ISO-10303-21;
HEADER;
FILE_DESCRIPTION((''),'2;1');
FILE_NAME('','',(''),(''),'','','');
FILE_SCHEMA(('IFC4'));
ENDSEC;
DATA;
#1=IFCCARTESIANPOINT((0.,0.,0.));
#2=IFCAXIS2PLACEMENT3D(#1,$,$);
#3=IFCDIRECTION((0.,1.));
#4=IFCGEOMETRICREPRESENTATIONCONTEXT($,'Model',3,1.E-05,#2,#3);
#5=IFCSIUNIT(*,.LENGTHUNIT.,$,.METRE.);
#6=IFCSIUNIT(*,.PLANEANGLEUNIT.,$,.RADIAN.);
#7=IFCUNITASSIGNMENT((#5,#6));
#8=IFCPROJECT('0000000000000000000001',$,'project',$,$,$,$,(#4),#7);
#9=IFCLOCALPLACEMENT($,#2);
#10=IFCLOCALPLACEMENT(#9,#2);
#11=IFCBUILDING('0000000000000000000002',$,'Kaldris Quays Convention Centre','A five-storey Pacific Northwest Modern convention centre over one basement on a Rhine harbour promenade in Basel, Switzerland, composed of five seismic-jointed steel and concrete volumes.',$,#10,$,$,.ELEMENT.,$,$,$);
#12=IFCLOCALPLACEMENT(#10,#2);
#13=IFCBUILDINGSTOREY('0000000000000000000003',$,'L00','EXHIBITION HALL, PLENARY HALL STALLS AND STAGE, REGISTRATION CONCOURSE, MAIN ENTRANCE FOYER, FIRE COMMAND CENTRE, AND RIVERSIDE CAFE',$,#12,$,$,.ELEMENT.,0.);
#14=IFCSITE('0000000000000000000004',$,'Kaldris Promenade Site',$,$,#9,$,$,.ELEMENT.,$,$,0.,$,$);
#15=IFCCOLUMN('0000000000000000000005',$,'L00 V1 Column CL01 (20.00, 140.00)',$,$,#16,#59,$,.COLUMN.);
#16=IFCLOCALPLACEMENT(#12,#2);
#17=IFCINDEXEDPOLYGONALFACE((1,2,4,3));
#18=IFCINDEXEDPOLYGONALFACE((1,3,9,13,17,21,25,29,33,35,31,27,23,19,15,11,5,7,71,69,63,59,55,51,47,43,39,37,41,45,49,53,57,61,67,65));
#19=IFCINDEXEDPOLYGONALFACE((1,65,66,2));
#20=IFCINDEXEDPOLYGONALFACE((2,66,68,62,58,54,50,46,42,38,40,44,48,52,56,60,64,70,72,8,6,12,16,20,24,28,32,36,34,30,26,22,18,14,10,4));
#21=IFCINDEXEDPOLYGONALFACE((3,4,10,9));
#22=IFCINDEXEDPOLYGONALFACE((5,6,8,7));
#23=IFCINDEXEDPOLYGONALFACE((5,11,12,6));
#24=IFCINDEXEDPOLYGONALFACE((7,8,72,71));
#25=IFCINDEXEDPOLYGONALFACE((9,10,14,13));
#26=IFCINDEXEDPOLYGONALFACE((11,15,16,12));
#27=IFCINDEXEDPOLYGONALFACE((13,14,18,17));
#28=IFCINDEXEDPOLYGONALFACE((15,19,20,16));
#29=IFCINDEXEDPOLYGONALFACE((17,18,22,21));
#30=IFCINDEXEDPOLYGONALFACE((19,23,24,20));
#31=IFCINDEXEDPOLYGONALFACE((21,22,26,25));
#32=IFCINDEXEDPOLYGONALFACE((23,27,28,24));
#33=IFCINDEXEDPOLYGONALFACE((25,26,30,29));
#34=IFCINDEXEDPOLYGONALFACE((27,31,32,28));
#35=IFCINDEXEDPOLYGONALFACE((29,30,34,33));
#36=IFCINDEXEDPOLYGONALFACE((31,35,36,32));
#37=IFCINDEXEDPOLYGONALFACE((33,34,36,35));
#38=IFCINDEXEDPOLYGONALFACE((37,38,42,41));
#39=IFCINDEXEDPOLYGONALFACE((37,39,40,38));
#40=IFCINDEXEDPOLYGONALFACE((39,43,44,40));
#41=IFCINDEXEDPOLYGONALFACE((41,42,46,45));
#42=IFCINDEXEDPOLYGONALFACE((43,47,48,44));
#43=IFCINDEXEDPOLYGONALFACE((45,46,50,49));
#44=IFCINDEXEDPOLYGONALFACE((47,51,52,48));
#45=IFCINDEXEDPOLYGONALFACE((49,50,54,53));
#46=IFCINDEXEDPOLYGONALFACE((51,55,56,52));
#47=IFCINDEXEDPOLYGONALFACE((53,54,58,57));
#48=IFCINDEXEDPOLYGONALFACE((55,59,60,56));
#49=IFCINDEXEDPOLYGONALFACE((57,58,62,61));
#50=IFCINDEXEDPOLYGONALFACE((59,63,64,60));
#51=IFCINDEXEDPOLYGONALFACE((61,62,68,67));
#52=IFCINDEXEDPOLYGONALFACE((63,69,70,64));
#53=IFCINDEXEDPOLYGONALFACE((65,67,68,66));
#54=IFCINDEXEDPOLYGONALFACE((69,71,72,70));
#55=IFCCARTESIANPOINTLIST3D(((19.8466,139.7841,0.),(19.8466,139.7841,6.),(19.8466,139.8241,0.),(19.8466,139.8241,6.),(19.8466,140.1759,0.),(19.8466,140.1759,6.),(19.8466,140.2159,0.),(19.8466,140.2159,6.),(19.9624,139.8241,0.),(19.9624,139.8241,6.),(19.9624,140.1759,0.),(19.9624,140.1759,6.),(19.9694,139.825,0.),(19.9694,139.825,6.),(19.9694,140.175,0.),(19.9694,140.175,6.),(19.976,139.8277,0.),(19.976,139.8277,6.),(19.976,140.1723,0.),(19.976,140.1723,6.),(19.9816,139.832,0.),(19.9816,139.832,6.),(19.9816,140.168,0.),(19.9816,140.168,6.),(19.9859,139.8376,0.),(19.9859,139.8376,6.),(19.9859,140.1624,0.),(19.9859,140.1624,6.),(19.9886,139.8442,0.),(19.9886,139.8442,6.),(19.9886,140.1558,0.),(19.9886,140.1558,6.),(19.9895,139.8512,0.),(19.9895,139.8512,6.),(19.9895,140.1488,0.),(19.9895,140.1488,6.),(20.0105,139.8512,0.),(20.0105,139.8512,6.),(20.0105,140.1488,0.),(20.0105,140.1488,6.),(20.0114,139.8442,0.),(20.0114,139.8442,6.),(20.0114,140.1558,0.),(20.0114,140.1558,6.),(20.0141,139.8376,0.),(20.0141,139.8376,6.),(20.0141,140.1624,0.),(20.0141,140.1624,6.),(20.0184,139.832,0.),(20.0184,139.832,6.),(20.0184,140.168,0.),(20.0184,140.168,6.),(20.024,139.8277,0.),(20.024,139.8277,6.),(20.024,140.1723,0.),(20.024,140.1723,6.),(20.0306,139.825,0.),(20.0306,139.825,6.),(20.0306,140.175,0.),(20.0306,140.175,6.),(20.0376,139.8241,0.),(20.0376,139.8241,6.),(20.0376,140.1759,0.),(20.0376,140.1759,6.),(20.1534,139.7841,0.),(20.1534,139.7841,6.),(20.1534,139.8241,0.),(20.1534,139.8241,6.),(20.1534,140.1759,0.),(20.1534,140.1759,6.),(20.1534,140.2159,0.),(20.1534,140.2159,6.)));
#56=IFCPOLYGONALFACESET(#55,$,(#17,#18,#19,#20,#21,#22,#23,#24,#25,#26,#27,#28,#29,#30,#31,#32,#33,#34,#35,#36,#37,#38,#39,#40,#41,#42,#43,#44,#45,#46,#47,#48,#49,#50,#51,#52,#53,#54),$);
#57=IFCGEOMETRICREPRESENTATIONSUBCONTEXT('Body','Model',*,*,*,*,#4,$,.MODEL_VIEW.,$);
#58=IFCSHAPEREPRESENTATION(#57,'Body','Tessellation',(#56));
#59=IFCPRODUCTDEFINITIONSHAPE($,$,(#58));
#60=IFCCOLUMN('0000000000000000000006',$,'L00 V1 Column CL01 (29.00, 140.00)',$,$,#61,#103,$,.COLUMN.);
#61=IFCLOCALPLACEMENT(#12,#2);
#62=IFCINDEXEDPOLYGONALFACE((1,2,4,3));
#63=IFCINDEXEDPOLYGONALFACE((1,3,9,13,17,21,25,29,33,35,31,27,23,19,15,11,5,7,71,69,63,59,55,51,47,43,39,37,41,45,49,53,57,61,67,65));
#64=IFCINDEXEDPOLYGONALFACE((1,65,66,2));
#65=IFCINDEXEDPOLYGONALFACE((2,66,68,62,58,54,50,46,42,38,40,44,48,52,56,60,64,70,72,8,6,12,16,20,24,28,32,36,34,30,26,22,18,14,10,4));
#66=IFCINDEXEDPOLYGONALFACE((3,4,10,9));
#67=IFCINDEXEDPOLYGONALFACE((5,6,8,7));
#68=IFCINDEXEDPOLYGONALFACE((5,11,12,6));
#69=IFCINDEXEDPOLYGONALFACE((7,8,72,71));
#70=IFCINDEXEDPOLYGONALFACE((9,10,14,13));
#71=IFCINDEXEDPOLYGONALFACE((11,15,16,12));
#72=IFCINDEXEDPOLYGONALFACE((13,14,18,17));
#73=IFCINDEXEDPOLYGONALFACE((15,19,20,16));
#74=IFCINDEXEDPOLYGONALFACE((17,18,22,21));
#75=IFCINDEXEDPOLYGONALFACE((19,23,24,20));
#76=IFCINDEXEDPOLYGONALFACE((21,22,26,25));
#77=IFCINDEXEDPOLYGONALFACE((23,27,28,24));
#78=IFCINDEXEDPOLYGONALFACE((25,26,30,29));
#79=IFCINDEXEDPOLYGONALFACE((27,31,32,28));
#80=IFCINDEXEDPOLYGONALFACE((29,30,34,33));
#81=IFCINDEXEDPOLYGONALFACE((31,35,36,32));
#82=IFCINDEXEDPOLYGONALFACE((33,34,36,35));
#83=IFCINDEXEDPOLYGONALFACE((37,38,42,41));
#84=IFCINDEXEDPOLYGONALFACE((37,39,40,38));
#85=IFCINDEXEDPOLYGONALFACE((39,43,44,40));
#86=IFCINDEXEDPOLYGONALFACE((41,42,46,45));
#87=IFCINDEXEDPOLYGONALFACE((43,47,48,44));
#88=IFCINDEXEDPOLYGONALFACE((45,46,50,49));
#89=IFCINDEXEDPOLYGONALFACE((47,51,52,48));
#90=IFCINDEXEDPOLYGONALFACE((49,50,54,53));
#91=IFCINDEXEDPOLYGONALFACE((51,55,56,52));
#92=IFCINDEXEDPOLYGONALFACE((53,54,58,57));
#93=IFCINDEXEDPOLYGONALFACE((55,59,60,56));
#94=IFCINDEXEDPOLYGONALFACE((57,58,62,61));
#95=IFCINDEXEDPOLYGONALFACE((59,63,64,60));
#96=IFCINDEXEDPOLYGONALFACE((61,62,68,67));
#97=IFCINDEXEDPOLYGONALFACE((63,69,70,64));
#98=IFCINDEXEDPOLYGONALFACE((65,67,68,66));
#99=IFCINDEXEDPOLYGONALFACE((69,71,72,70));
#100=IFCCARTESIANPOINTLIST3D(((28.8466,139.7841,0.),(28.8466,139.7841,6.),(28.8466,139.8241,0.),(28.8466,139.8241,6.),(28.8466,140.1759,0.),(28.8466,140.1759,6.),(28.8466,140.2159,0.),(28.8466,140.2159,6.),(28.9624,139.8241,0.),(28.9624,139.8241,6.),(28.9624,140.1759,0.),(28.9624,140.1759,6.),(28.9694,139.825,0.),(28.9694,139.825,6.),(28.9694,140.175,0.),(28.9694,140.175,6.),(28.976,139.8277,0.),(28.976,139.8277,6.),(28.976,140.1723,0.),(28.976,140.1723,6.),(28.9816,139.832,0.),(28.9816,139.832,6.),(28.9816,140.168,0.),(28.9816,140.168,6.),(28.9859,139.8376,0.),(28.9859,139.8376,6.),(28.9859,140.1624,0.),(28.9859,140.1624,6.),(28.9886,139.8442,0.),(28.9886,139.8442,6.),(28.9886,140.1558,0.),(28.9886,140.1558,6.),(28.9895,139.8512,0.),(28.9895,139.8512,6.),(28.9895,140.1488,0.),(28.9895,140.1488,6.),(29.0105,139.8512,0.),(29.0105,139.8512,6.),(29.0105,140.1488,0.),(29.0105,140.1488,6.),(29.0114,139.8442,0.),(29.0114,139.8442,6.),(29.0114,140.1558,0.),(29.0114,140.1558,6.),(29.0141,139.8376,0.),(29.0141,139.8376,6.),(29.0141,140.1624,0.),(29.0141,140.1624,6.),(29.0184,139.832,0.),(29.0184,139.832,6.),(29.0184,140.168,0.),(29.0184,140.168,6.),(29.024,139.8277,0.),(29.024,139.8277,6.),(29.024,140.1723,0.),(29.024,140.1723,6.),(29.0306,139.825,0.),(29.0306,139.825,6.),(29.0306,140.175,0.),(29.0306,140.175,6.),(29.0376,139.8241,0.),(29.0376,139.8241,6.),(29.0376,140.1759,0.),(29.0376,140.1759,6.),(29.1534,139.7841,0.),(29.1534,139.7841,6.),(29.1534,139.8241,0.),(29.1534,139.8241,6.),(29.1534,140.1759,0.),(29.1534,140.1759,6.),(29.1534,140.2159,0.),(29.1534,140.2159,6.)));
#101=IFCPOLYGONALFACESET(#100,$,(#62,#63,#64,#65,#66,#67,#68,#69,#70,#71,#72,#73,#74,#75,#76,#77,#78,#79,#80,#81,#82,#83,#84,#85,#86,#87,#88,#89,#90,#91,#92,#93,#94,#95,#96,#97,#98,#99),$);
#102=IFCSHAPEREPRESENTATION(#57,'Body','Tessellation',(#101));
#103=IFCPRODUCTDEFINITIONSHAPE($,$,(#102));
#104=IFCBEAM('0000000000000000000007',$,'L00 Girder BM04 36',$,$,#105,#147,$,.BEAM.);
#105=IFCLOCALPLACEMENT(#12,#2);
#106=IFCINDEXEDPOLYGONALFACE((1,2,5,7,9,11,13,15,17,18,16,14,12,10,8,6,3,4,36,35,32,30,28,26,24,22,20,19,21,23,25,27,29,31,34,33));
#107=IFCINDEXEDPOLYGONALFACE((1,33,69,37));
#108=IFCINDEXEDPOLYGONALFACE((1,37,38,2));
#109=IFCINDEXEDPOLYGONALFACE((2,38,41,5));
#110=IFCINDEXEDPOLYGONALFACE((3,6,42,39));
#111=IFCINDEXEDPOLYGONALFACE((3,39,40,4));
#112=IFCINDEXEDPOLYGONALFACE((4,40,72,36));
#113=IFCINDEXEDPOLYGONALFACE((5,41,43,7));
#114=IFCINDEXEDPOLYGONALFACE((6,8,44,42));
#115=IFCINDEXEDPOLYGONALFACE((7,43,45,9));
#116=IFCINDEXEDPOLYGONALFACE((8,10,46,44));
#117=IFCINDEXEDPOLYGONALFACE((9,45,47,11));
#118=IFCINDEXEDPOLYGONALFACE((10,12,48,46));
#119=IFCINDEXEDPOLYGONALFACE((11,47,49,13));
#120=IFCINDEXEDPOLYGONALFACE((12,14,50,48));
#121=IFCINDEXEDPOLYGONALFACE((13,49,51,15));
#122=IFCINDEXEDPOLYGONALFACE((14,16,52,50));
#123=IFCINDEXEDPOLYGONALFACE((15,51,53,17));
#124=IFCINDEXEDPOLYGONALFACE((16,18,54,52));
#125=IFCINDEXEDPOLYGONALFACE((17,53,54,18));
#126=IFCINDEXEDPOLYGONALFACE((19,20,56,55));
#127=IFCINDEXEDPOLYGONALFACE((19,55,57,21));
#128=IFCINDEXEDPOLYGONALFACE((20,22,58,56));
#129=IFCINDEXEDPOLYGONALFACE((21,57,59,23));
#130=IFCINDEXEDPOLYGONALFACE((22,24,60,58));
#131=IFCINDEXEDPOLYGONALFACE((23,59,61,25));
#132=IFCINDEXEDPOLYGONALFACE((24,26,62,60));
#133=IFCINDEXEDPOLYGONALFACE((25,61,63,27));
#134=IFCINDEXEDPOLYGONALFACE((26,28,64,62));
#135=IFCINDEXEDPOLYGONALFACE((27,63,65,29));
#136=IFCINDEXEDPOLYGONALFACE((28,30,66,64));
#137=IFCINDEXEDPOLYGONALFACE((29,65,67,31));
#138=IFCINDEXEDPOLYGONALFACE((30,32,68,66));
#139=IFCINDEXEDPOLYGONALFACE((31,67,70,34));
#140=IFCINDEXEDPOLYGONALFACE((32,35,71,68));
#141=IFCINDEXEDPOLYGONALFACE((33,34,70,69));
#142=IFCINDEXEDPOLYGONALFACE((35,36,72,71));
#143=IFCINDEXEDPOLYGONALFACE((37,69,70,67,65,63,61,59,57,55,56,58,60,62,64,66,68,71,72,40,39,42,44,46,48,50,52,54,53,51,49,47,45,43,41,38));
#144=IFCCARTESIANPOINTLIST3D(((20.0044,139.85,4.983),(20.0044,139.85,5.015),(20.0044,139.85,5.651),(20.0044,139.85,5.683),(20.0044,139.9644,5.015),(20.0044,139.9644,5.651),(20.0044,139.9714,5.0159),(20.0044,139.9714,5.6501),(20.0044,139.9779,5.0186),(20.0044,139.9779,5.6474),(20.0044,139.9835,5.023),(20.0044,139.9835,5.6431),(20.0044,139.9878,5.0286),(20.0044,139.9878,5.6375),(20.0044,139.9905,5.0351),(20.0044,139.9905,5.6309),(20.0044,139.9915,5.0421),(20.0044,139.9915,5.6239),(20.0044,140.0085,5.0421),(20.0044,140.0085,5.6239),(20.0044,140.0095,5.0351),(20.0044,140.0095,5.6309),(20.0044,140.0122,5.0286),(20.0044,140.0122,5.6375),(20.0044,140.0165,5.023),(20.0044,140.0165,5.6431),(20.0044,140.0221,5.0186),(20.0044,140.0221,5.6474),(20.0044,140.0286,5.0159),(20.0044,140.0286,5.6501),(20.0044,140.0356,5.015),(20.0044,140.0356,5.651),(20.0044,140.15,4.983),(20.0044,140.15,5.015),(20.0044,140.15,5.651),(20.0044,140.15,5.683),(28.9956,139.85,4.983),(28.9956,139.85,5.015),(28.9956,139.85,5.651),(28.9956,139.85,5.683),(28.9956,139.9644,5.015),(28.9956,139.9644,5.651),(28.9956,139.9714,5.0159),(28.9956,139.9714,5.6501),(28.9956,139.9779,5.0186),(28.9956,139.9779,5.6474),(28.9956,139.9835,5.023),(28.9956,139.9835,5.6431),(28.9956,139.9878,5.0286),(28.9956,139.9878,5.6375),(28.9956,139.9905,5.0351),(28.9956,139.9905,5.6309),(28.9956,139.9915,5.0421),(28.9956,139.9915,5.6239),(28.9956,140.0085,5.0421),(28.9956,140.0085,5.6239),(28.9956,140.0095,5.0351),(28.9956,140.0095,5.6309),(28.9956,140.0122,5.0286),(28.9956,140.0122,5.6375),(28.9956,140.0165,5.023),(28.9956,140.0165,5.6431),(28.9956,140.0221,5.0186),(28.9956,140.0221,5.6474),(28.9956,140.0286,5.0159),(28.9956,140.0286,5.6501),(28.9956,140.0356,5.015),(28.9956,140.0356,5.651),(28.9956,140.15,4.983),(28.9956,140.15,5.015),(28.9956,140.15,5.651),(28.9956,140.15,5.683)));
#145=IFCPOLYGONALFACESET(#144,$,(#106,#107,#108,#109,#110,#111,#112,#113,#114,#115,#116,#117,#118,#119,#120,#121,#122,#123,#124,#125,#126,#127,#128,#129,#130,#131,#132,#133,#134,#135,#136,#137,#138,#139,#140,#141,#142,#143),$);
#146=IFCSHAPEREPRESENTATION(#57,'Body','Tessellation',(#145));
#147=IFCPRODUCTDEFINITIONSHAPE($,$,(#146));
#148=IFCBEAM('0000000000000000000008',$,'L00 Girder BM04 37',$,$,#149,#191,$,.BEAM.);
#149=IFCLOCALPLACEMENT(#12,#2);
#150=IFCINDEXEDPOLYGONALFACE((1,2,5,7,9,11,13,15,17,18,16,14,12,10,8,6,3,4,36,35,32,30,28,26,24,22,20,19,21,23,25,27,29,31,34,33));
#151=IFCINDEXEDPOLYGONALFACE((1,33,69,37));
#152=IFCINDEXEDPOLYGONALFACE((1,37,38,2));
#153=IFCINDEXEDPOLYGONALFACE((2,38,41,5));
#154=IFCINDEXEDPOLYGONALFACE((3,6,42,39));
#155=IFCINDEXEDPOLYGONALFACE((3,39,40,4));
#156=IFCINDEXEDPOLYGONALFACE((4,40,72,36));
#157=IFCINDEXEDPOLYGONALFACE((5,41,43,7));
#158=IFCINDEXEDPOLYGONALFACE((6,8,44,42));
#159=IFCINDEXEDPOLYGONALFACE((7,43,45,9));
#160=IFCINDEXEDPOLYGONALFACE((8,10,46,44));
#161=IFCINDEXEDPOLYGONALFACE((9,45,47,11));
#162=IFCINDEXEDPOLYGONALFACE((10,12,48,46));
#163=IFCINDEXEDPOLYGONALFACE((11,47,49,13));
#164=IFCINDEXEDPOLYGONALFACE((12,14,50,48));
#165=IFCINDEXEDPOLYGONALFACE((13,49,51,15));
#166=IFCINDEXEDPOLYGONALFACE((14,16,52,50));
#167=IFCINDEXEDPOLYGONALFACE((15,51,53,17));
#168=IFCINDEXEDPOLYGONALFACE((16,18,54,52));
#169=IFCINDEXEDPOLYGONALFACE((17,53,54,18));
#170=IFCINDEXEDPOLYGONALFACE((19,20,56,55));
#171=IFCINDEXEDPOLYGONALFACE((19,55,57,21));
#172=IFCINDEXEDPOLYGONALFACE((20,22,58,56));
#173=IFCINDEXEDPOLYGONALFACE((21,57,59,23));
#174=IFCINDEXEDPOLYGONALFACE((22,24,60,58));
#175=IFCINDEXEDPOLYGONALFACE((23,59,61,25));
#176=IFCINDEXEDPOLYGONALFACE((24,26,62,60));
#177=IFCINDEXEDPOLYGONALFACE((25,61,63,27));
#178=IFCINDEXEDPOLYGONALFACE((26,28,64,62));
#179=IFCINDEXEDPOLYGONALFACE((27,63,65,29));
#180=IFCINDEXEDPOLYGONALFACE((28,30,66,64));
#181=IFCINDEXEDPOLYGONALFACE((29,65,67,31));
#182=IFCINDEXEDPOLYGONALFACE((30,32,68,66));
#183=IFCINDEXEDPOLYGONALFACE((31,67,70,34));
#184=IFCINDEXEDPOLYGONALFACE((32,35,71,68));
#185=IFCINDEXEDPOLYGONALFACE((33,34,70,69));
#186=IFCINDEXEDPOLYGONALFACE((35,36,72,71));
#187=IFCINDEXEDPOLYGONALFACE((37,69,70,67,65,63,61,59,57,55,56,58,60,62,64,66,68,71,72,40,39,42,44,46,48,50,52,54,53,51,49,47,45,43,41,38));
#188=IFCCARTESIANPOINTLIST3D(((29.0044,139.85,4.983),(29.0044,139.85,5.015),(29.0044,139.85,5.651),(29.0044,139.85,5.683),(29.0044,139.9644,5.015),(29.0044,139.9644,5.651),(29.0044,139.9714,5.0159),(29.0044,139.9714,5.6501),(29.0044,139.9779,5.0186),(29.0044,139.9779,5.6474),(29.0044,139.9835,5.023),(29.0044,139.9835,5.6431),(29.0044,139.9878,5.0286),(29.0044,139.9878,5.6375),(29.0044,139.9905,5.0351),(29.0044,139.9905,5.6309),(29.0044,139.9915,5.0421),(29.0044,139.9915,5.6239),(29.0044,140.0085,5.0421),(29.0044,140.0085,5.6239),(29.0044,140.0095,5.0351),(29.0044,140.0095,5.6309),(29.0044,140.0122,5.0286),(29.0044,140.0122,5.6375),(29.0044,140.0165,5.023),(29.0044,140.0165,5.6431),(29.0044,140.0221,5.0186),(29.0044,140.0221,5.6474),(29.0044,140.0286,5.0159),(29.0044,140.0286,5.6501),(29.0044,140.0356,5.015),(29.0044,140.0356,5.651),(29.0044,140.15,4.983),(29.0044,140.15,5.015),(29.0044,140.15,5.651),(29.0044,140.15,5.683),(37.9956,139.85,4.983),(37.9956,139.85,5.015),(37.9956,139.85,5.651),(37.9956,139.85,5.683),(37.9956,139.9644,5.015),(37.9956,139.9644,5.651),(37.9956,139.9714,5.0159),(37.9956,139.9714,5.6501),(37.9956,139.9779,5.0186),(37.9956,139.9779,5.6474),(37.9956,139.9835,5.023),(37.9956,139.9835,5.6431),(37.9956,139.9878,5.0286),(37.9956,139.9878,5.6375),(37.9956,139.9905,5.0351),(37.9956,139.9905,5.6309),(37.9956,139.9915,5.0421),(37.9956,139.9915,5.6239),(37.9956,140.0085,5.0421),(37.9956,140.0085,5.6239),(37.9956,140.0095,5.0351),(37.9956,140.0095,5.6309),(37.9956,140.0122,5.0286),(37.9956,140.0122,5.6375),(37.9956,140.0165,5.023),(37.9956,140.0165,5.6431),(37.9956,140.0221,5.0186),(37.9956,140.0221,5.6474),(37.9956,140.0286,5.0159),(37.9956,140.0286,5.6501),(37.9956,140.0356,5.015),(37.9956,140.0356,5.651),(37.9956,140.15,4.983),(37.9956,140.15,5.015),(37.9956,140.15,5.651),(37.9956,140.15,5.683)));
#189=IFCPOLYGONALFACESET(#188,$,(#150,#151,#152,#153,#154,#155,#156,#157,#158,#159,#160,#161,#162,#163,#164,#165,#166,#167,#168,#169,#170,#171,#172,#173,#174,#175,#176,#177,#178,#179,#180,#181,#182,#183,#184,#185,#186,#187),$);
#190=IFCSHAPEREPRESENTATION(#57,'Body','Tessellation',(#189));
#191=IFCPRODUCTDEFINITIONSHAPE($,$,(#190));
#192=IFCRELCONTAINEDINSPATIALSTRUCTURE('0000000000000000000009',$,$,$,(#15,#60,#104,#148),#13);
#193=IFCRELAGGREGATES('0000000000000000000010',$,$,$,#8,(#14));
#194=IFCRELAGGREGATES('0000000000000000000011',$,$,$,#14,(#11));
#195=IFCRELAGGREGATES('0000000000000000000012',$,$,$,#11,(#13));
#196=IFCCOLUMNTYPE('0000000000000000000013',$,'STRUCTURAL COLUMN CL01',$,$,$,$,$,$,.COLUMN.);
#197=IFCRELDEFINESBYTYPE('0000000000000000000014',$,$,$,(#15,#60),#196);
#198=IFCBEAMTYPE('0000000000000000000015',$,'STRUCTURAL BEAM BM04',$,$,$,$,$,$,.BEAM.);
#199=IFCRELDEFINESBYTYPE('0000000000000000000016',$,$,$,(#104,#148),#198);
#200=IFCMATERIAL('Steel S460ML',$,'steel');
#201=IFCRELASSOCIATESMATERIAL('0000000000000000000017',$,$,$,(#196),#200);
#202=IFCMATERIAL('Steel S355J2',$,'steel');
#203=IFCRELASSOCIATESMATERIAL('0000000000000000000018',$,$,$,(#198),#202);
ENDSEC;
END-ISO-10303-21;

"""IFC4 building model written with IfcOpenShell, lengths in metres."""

from ifc_helpers import new_model, si_unit, direction, frame, origin, origin_2d, place, context, subcontext, project, spatial, i_section, extrude, material, material_profile, profile_set, type_object, element, save


model = new_model("IFC4")

# Units and contexts
model_context = context("Model", 3, precision=1e-05, world=origin(), true_north=direction((0.0, 1.0)))
body_context = subcontext(model_context, "Body", "Model", "MODEL_VIEW")
ifc_project = project(units=[si_unit("LENGTHUNIT", "METRE"), si_unit("PLANEANGLEUNIT", "RADIAN")], contexts=[model_context])

# Site, building, storey
site_placement = place(None, origin())
site = spatial("IfcSite", under=ifc_project, at=site_placement, Name="Kaldris Promenade Site", CompositionType="ELEMENT", RefElevation=0.0)
building_placement = place(site_placement, origin())
building = spatial("IfcBuilding", under=site, at=building_placement, Name="Kaldris Quays Convention Centre", Description="A five-storey Pacific Northwest Modern convention centre over one basement on a Rhine harbour promenade in Basel, Switzerland, composed of five seismic-jointed steel and concrete volumes.", CompositionType="ELEMENT")
storey_placement = place(building_placement, origin())
storey = spatial("IfcBuildingStorey", under=building, at=storey_placement, Name="L00", Description="EXHIBITION HALL, PLENARY HALL STALLS AND STAGE, REGISTRATION CONCOURSE, MAIN ENTRANCE FOYER, FIRE COMMAND CENTRE, AND RIVERSIDE CAFE", CompositionType="ELEMENT", Elevation=0.0)

# Columns
ifc_material_1 = material(Name="Steel S460ML", Category="steel")
ifc_material_profile_1 = material_profile(ifc_material_1, i_section(OverallWidth=0.3069, OverallDepth=0.4319, WebThickness=0.021, FlangeThickness=0.04, FilletRadius=0.0271, at=origin_2d()), Name="HEM 400")
ifc_profile_set_1 = profile_set([ifc_material_profile_1], Name="Steel S460ML")
column_type = type_object("IfcColumnType", Name="STRUCTURAL COLUMN CL01", PredefinedType="COLUMN", material=ifc_profile_set_1)
for number, where, z_axis, x_axis, name in (
    (1, (20.0, 140.0, 0.0), (0.0, 0.0, 1.0), (1.0, 0.0, 0.0), "L00 V1 Column CL01 (20.00, 140.00)"),
    (2, (29.0, 140.0, 0.0), (0.0, 0.0, 1.0), (1.0, 0.0, 0.0), "L00 V1 Column CL01 (29.00, 140.00)"),
):
    element("IfcColumn", number, at=place(storey_placement, frame(where, z_axis=z_axis, x_axis=x_axis)), inside=storey, type_object=column_type, Name=name, PredefinedType="COLUMN", context=body_context, shape_type="SweptSolid", body=[
        extrude(i_section(OverallWidth=0.3069, OverallDepth=0.4319, WebThickness=0.021, FlangeThickness=0.04, FilletRadius=0.0271, at=origin_2d()), origin(), (0.0, 0.0, 1.0), 6.0),
    ])

# Beams
ifc_material_2 = material(Name="Steel S355J2", Category="steel")
ifc_material_profile_2 = material_profile(ifc_material_2, i_section(OverallWidth=0.3, OverallDepth=0.7, WebThickness=0.0171, FlangeThickness=0.032, FilletRadius=0.0271, at=origin_2d()), Name="HEB 700")
ifc_profile_set_2 = profile_set([ifc_material_profile_2], Name="Steel S355J2")
beam_type_1 = type_object("IfcBeamType", Name="STRUCTURAL BEAM BM04", PredefinedType="BEAM", material=ifc_profile_set_2)
for number, where, z_axis, x_axis, name in (
    (3, (20.0044, 140.0, 5.333), (1.0, 0.0, 0.0), (0.0, 1.0, 0.0), "L00 Girder BM04 36"),
    (4, (29.0044, 140.0, 5.333), (1.0, 0.0, 0.0), (0.0, 1.0, 0.0), "L00 Girder BM04 37"),
):
    element("IfcBeam", number, at=place(storey_placement, frame(where, z_axis=z_axis, x_axis=x_axis)), inside=storey, type_object=beam_type_1, Name=name, PredefinedType="BEAM", context=body_context, shape_type="SweptSolid", body=[
        extrude(i_section(OverallWidth=0.3, OverallDepth=0.7, WebThickness=0.0171, FlangeThickness=0.032, FilletRadius=0.0271, at=origin_2d()), origin(), (0.0, 0.0, 1.0), 8.9912),
    ])

save(model, "model.ifc")
